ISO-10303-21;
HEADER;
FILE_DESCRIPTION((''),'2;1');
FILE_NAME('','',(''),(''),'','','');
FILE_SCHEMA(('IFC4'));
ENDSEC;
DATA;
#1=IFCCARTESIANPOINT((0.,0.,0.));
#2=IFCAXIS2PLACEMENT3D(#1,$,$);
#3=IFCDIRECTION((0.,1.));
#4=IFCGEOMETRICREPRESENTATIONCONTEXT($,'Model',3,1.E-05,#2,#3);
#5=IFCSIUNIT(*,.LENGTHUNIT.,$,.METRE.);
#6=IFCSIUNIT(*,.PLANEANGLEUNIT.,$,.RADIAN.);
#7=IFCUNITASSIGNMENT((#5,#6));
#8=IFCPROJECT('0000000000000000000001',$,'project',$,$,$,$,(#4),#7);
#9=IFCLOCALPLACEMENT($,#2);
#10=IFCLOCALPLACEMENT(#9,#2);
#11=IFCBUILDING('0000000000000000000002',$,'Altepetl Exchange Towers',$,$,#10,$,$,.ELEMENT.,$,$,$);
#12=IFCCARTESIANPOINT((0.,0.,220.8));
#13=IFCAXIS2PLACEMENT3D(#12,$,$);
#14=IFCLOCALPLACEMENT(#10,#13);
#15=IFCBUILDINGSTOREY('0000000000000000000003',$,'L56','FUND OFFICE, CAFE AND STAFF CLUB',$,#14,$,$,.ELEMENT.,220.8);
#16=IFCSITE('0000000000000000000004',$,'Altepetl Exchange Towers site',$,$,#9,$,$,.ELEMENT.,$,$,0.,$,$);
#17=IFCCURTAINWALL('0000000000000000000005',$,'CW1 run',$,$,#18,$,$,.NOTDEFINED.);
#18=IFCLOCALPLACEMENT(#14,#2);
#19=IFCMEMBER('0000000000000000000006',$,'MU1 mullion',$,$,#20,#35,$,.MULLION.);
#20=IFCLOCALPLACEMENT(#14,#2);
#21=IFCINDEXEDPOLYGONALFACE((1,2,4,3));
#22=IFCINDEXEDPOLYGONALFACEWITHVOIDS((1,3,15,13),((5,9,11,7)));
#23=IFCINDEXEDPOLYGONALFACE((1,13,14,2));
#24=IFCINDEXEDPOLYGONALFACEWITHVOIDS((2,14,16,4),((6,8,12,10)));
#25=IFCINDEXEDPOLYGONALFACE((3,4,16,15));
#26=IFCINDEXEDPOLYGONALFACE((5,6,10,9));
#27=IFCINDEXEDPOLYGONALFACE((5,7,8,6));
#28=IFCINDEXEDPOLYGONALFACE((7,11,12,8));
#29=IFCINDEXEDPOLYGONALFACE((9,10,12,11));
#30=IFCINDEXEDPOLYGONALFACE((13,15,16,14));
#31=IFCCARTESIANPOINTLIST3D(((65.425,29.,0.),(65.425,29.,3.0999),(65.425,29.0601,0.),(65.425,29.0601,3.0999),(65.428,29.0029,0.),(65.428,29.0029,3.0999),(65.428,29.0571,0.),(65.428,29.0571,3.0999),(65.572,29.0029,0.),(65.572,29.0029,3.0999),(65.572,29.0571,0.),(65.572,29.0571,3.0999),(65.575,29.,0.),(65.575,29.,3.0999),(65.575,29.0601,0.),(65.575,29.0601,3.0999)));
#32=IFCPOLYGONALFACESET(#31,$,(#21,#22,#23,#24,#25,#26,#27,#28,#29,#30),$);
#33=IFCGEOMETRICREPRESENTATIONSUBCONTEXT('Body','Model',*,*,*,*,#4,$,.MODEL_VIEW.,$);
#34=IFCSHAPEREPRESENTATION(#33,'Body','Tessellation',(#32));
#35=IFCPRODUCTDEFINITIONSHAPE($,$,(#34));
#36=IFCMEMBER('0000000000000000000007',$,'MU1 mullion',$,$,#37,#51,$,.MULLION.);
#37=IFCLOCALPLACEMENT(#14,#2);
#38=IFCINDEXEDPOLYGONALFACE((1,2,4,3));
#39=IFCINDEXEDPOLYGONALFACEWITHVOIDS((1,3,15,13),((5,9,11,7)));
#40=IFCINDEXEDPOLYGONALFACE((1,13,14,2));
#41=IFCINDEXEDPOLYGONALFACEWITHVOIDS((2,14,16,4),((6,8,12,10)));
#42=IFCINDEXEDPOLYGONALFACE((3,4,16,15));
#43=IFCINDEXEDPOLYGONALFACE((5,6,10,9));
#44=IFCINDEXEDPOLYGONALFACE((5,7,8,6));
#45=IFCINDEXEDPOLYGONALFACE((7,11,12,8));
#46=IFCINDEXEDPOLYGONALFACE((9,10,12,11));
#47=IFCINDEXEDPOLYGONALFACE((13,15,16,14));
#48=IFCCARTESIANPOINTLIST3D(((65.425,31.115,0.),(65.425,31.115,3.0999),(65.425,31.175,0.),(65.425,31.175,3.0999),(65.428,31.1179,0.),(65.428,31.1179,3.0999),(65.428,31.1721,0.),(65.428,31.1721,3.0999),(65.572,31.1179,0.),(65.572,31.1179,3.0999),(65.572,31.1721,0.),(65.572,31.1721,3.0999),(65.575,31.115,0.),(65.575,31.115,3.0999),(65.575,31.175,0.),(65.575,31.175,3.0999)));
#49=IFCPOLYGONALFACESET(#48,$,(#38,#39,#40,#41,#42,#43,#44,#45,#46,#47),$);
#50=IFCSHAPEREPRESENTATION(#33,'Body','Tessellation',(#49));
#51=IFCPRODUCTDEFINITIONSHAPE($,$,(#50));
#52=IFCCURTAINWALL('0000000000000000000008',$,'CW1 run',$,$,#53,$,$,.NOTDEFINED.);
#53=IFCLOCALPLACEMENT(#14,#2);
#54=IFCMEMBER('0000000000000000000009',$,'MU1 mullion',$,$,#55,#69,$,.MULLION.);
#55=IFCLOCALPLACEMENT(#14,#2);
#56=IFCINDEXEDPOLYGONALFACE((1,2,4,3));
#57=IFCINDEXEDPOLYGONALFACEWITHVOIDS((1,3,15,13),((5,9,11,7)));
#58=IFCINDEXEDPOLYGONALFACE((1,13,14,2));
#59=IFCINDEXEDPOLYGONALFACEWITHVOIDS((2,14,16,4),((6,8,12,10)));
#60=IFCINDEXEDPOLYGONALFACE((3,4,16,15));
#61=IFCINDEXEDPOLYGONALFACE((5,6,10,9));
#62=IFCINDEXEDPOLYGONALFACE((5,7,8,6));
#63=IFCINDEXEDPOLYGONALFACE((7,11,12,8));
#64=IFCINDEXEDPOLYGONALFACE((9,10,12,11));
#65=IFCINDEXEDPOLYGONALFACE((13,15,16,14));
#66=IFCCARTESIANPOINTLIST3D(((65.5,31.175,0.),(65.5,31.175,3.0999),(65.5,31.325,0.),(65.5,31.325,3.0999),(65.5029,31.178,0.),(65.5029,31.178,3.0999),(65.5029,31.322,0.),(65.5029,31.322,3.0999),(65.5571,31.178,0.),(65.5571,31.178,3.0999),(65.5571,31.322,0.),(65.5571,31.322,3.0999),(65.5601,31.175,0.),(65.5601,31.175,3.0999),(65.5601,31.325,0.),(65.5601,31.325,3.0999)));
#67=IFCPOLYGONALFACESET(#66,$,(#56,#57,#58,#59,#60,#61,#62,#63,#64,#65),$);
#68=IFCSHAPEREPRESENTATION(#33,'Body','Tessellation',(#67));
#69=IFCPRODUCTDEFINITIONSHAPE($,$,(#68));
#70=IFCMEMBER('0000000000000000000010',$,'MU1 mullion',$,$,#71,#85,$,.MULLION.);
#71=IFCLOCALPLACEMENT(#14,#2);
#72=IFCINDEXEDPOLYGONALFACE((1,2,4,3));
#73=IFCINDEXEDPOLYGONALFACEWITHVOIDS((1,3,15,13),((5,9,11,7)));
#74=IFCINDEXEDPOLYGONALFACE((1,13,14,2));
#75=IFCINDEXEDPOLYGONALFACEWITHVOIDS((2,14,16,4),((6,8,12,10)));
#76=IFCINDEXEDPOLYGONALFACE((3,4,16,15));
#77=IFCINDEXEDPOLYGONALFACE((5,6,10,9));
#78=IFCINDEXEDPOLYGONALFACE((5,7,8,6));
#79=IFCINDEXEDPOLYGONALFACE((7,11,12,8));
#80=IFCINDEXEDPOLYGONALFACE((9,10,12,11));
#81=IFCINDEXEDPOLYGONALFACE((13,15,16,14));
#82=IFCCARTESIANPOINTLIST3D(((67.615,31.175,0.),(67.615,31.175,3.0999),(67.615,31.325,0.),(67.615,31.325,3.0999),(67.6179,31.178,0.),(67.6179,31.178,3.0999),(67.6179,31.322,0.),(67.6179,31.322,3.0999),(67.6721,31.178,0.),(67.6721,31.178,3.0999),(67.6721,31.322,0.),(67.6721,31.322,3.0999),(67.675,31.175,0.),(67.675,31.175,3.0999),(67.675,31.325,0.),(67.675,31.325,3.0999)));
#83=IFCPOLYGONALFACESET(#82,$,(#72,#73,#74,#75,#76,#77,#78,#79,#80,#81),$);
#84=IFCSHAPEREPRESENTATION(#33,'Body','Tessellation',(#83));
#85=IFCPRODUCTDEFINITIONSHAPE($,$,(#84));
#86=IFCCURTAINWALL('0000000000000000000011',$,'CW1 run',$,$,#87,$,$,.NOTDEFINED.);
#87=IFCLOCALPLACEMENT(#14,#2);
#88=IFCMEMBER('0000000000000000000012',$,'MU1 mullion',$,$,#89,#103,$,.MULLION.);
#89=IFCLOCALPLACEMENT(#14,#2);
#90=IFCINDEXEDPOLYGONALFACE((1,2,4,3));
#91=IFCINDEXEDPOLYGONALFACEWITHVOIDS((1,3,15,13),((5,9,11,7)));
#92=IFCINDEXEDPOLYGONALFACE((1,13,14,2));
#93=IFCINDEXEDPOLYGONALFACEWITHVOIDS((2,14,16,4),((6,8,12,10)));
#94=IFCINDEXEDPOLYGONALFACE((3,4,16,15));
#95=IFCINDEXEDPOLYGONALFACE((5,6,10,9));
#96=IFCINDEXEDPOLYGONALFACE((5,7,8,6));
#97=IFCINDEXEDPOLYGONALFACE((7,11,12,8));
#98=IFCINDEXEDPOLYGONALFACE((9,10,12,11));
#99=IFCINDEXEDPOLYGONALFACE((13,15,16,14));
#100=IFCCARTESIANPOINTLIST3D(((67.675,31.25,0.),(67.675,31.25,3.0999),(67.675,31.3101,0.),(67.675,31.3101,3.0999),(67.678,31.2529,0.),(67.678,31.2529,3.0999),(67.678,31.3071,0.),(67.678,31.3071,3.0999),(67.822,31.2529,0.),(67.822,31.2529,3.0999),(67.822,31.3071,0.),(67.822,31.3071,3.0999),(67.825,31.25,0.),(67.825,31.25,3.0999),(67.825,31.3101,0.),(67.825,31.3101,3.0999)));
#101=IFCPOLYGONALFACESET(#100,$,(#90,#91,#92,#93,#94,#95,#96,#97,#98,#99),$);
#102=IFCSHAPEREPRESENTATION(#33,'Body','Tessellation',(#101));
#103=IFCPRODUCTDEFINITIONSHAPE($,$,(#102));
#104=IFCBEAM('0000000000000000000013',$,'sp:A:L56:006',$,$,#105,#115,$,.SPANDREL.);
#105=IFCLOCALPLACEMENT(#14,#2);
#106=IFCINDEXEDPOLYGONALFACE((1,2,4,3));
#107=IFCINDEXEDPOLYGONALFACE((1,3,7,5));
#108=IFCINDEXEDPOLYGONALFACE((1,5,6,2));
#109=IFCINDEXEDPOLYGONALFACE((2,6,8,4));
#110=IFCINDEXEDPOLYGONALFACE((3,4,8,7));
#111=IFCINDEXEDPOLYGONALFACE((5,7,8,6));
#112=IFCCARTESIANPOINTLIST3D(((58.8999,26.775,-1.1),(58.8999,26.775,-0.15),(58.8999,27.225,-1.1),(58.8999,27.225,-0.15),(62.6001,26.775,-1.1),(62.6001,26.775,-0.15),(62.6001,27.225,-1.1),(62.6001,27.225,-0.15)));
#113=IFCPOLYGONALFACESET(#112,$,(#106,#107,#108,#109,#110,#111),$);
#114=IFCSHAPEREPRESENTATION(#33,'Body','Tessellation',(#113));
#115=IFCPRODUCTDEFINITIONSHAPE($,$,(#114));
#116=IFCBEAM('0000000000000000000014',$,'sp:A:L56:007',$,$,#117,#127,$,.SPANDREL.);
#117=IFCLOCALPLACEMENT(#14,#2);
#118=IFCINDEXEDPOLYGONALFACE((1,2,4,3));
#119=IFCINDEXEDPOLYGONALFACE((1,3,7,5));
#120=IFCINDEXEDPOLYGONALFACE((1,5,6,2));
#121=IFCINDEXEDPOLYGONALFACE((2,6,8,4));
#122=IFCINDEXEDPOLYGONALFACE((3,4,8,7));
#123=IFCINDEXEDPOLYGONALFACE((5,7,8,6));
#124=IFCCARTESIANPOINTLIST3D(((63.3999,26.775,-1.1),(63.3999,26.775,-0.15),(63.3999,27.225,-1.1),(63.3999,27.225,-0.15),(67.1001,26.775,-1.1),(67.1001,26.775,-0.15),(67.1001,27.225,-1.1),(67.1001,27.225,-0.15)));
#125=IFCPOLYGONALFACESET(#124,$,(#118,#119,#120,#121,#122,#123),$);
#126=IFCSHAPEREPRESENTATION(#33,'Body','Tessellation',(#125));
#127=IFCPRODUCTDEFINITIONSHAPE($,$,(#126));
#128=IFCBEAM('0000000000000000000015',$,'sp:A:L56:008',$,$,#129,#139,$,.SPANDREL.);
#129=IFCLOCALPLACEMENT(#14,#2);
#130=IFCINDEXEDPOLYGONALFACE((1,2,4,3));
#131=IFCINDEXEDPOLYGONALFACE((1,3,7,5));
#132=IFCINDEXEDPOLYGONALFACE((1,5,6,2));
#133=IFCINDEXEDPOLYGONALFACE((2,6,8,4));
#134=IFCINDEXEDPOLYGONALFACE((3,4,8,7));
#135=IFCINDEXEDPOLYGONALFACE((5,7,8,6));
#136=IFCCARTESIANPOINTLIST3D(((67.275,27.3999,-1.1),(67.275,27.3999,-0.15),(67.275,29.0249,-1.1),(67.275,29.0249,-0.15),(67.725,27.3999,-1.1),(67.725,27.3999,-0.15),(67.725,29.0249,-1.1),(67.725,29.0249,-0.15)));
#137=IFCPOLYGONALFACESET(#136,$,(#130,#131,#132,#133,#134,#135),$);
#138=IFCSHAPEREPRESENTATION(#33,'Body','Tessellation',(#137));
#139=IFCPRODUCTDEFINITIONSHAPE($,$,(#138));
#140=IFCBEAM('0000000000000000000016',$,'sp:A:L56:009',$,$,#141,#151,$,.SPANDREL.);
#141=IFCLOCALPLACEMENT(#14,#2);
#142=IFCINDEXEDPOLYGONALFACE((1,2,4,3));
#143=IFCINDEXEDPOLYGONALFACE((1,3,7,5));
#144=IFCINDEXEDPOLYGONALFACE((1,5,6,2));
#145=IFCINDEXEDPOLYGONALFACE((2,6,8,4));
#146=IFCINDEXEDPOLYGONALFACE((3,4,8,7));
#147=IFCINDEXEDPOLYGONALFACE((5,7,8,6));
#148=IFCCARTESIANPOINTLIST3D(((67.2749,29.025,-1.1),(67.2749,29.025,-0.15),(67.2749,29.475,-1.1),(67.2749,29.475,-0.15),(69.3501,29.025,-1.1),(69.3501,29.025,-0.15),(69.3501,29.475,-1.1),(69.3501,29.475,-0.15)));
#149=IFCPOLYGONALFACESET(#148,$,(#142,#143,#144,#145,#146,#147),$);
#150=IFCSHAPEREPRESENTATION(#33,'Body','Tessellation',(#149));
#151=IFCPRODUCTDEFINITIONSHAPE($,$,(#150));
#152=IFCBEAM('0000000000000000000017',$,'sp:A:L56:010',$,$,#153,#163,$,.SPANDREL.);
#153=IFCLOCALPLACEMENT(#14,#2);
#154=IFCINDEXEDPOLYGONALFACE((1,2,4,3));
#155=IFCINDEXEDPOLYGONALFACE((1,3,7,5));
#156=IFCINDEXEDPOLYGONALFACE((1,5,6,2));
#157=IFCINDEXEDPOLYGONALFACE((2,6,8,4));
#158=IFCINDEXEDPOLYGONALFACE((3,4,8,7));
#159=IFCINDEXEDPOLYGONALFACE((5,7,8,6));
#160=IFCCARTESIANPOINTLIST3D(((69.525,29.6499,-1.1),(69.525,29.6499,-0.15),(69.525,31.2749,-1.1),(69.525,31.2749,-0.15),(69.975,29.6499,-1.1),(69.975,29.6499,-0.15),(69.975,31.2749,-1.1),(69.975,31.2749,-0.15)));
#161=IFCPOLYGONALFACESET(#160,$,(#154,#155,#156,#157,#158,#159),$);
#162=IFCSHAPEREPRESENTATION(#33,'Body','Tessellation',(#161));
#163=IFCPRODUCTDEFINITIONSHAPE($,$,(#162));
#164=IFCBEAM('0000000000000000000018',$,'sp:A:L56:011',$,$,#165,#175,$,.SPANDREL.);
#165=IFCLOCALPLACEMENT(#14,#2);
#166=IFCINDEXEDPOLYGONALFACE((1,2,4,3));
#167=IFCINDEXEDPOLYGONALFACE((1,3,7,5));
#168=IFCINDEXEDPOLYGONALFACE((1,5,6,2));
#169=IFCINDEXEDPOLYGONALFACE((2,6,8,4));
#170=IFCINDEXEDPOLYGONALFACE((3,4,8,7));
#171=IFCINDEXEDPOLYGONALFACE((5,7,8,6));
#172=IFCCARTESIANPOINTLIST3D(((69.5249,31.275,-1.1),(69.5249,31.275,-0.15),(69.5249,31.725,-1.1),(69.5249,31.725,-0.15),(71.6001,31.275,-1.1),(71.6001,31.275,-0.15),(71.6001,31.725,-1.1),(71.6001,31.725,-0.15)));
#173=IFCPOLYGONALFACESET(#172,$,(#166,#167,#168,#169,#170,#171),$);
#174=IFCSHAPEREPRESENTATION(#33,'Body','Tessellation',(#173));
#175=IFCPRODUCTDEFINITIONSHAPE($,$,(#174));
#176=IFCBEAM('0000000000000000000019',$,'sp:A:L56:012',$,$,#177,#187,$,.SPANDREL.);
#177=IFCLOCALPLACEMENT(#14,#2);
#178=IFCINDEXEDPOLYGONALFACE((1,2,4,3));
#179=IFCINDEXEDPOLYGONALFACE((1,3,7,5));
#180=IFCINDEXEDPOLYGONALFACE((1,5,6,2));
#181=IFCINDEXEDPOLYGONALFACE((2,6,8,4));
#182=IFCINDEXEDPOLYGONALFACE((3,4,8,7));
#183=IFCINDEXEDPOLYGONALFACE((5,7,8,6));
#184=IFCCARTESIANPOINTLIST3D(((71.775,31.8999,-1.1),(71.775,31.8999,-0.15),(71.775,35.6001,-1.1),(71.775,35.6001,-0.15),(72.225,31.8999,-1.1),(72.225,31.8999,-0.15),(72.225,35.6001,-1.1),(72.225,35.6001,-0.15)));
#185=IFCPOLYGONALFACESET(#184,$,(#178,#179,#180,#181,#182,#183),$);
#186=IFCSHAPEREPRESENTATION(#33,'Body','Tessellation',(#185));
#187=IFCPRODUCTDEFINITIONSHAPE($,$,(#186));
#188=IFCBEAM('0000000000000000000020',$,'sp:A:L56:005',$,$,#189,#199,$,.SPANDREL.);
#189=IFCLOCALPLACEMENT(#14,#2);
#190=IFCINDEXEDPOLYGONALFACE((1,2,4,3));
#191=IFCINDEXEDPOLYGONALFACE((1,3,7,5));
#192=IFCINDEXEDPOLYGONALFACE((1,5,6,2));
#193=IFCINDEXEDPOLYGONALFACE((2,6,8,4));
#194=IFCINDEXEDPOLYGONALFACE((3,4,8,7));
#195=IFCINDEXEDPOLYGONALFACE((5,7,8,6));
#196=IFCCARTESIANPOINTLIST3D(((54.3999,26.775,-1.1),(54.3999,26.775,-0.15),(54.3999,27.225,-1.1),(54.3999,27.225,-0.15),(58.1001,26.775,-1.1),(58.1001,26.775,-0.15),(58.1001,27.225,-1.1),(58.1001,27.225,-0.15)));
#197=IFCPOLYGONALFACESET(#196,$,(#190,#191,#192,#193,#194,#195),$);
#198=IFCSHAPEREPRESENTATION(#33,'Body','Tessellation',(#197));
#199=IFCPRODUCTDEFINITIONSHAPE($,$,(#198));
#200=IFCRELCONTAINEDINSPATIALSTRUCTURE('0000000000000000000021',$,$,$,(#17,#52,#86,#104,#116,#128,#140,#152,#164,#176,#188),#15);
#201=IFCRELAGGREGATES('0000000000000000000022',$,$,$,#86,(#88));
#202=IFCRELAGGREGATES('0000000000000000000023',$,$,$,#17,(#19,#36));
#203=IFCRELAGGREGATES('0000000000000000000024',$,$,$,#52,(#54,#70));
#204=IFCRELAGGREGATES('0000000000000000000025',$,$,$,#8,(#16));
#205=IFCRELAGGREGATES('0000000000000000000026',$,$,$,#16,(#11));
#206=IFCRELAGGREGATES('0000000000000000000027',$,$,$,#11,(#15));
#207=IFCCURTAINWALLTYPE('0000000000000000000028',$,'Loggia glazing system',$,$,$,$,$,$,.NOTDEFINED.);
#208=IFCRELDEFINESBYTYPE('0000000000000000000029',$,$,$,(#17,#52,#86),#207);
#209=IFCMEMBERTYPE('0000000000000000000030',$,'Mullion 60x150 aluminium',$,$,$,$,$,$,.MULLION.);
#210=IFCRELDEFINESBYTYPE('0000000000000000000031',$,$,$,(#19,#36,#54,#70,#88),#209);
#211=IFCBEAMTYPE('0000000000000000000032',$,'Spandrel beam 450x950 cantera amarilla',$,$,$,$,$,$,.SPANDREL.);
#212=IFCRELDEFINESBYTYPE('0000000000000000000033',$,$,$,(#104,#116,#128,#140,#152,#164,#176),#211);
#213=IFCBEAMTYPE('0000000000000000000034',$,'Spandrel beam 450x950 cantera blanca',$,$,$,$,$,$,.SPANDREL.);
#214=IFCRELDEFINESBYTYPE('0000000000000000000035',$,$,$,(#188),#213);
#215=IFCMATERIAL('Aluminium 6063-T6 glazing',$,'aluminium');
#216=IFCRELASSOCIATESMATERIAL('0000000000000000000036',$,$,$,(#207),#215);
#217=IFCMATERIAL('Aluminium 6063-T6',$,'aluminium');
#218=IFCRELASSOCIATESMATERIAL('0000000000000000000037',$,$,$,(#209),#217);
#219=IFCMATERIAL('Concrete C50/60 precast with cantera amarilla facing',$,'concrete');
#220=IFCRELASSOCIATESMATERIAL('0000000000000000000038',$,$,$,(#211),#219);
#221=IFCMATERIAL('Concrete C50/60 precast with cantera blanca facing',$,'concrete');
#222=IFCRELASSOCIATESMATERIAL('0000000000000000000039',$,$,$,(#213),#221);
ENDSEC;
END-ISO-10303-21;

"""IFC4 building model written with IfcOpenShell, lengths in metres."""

from ifc_helpers import new_model, si_unit, direction, frame, origin, origin_2d, place, context, subcontext, project, spatial, rectangle, hollow_rectangle, extrude, material, material_profile, profile_set, type_object, element, aggregate, save


model = new_model("IFC4")

# Units and contexts
model_context = context("Model", 3, precision=1e-05, world=origin(), true_north=direction((0.0, 1.0)))
body_context = subcontext(model_context, "Body", "Model", "MODEL_VIEW")
ifc_project = project(units=[si_unit("LENGTHUNIT", "METRE"), si_unit("PLANEANGLEUNIT", "RADIAN")], contexts=[model_context])

# Site, building, storey
site_placement = place(None, origin())
site = spatial("IfcSite", under=ifc_project, at=site_placement, Name="Altepetl Exchange Towers site", CompositionType="ELEMENT", RefElevation=0.0)
building_placement = place(site_placement, origin())
building = spatial("IfcBuilding", under=site, at=building_placement, Name="Altepetl Exchange Towers", CompositionType="ELEMENT")
storey_placement = place(building_placement, frame((0.0, 0.0, 220.8)))
storey = spatial("IfcBuildingStorey", under=building, at=storey_placement, Name="L56", Description="FUND OFFICE, CAFE AND STAFF CLUB", CompositionType="ELEMENT", Elevation=220.8)

# Curtain walls, members
ifc_material_1 = material(Name="Aluminium 6063-T6 glazing", Category="aluminium")
curtain_wall_type = type_object("IfcCurtainWallType", Name="Loggia glazing system", PredefinedType="NOTDEFINED", material=ifc_material_1)
ifc_material_2 = material(Name="Aluminium 6063-T6", Category="aluminium")
ifc_material_profile_1 = material_profile(ifc_material_2, hollow_rectangle(XDim=0.0601, YDim=0.1499, WallThickness=0.0029, at=origin_2d()), Name="Mullion 60x150 aluminium")
ifc_profile_set_1 = profile_set([ifc_material_profile_1], Name="Aluminium 6063-T6")
member_type = type_object("IfcMemberType", Name="Mullion 60x150 aluminium", PredefinedType="MULLION", material=ifc_profile_set_1)
curtain_wall_1_placement = place(storey_placement, origin())
curtain_wall_1 = element("IfcCurtainWall", 1, at=curtain_wall_1_placement, inside=storey, type_object=curtain_wall_type, Name="CW1 run", PredefinedType="NOTDEFINED")
member_1_placement = place(storey_placement, frame((65.5, 29.03, 0.0), z_axis=(0.0, 0.0, 1.0), x_axis=(0.0, 1.0, 0.0)))
member_1 = element("IfcMember", 2, at=member_1_placement, type_object=member_type, Name="MU1 mullion", PredefinedType="MULLION", context=body_context, shape_type="SweptSolid", body=[
    extrude(hollow_rectangle(XDim=0.0601, YDim=0.1499, WallThickness=0.0029, at=origin_2d()), origin(), (0.0, 0.0, 1.0), 3.0999),
])
member_2_placement = place(storey_placement, frame((65.5, 31.145, 0.0), z_axis=(0.0, 0.0, 1.0), x_axis=(0.0, 1.0, 0.0)))
member_2 = element("IfcMember", 3, at=member_2_placement, type_object=member_type, Name="MU1 mullion", PredefinedType="MULLION", context=body_context, shape_type="SweptSolid", body=[
    extrude(hollow_rectangle(XDim=0.0601, YDim=0.1499, WallThickness=0.0029, at=origin_2d()), origin(), (0.0, 0.0, 1.0), 3.0999),
])
curtain_wall_2_placement = place(storey_placement, origin())
curtain_wall_2 = element("IfcCurtainWall", 4, at=curtain_wall_2_placement, inside=storey, type_object=curtain_wall_type, Name="CW1 run", PredefinedType="NOTDEFINED")
member_3_placement = place(storey_placement, frame((65.53, 31.25, 0.0)))
member_3 = element("IfcMember", 5, at=member_3_placement, type_object=member_type, Name="MU1 mullion", PredefinedType="MULLION", context=body_context, shape_type="SweptSolid", body=[
    extrude(hollow_rectangle(XDim=0.0601, YDim=0.1499, WallThickness=0.0029, at=origin_2d()), origin(), (0.0, 0.0, 1.0), 3.0999),
])
member_4_placement = place(storey_placement, frame((67.645, 31.25, 0.0)))
member_4 = element("IfcMember", 6, at=member_4_placement, type_object=member_type, Name="MU1 mullion", PredefinedType="MULLION", context=body_context, shape_type="SweptSolid", body=[
    extrude(hollow_rectangle(XDim=0.0601, YDim=0.1499, WallThickness=0.0029, at=origin_2d()), origin(), (0.0, 0.0, 1.0), 3.0999),
])

# Curtain wall, member
curtain_wall_3_placement = place(storey_placement, origin())
curtain_wall_3 = element("IfcCurtainWall", 7, at=curtain_wall_3_placement, inside=storey, type_object=curtain_wall_type, Name="CW1 run", PredefinedType="NOTDEFINED")
member_5_placement = place(storey_placement, frame((67.75, 31.28, 0.0), z_axis=(0.0, 0.0, 1.0), x_axis=(0.0, 1.0, 0.0)))
member_5 = element("IfcMember", 8, at=member_5_placement, type_object=member_type, Name="MU1 mullion", PredefinedType="MULLION", context=body_context, shape_type="SweptSolid", body=[
    extrude(hollow_rectangle(XDim=0.0601, YDim=0.1499, WallThickness=0.0029, at=origin_2d()), origin(), (0.0, 0.0, 1.0), 3.0999),
])
aggregate(curtain_wall_3, [member_5])

# Beams
ifc_material_3 = material(Name="Concrete C50/60 precast with cantera amarilla facing", Category="concrete")
ifc_material_profile_2 = material_profile(ifc_material_3, rectangle(XDim=0.45, YDim=0.95, at=origin_2d()), Name="450 x 950")
ifc_profile_set_2 = profile_set([ifc_material_profile_2], Name="Concrete C50/60 precast with cantera amarilla facing")
beam_type_1 = type_object("IfcBeamType", Name="Spandrel beam 450x950 cantera amarilla", PredefinedType="SPANDREL", material=ifc_profile_set_2)
for number, where, z_axis, x_axis, name in (
    (9, (58.8999, 27.0, -0.625), (1.0, 0.0, 0.0), (0.0, 1.0, 0.0), "sp:A:L56:006"),
    (10, (63.3999, 27.0, -0.625), (1.0, 0.0, 0.0), (0.0, 1.0, 0.0), "sp:A:L56:007"),
):
    element("IfcBeam", number, at=place(storey_placement, frame(where, z_axis=z_axis, x_axis=x_axis)), inside=storey, type_object=beam_type_1, Name=name, PredefinedType="SPANDREL", context=body_context, shape_type="SweptSolid", body=[
        extrude(rectangle(XDim=0.45, YDim=0.95, at=origin_2d()), origin(), (0.0, 0.0, 1.0), 3.7002),
    ])
beam_1_placement = place(storey_placement, frame((67.5, 27.3999, -0.625), z_axis=(0.0, 1.0, 0.0), x_axis=(-1.0, 0.0, 0.0)))
element("IfcBeam", 11, at=beam_1_placement, inside=storey, type_object=beam_type_1, Name="sp:A:L56:008", PredefinedType="SPANDREL", context=body_context, shape_type="SweptSolid", body=[
    extrude(rectangle(XDim=0.45, YDim=0.95, at=origin_2d()), origin(), (0.0, 0.0, 1.0), 1.625),
])
beam_2_placement = place(storey_placement, frame((67.2749, 29.25, -0.625), z_axis=(1.0, 0.0, 0.0), x_axis=(0.0, 1.0, 0.0)))
element("IfcBeam", 12, at=beam_2_placement, inside=storey, type_object=beam_type_1, Name="sp:A:L56:009", PredefinedType="SPANDREL", context=body_context, shape_type="SweptSolid", body=[
    extrude(rectangle(XDim=0.45, YDim=0.95, at=origin_2d()), origin(), (0.0, 0.0, 1.0), 2.0752),
])
beam_3_placement = place(storey_placement, frame((69.75, 29.6499, -0.625), z_axis=(0.0, 1.0, 0.0), x_axis=(-1.0, 0.0, 0.0)))
element("IfcBeam", 13, at=beam_3_placement, inside=storey, type_object=beam_type_1, Name="sp:A:L56:010", PredefinedType="SPANDREL", context=body_context, shape_type="SweptSolid", body=[
    extrude(rectangle(XDim=0.45, YDim=0.95, at=origin_2d()), origin(), (0.0, 0.0, 1.0), 1.625),
])
beam_4_placement = place(storey_placement, frame((69.5249, 31.5, -0.625), z_axis=(1.0, 0.0, 0.0), x_axis=(0.0, 1.0, 0.0)))
element("IfcBeam", 14, at=beam_4_placement, inside=storey, type_object=beam_type_1, Name="sp:A:L56:011", PredefinedType="SPANDREL", context=body_context, shape_type="SweptSolid", body=[
    extrude(rectangle(XDim=0.45, YDim=0.95, at=origin_2d()), origin(), (0.0, 0.0, 1.0), 2.0752),
])
beam_5_placement = place(storey_placement, frame((72.0, 31.8999, -0.625), z_axis=(0.0, 1.0, 0.0), x_axis=(-1.0, 0.0, 0.0)))
element("IfcBeam", 15, at=beam_5_placement, inside=storey, type_object=beam_type_1, Name="sp:A:L56:012", PredefinedType="SPANDREL", context=body_context, shape_type="SweptSolid", body=[
    extrude(rectangle(XDim=0.45, YDim=0.95, at=origin_2d()), origin(), (0.0, 0.0, 1.0), 3.7002),
])
ifc_material_4 = material(Name="Concrete C50/60 precast with cantera blanca facing", Category="concrete")
ifc_material_profile_3 = material_profile(ifc_material_4, rectangle(XDim=0.45, YDim=0.95, at=origin_2d()), Name="450 x 950")
ifc_profile_set_3 = profile_set([ifc_material_profile_3], Name="Concrete C50/60 precast with cantera blanca facing")
beam_type_2 = type_object("IfcBeamType", Name="Spandrel beam 450x950 cantera blanca", PredefinedType="SPANDREL", material=ifc_profile_set_3)
beam_6_placement = place(storey_placement, frame((54.3999, 27.0, -0.625), z_axis=(1.0, 0.0, 0.0), x_axis=(0.0, 1.0, 0.0)))
element("IfcBeam", 16, at=beam_6_placement, inside=storey, type_object=beam_type_2, Name="sp:A:L56:005", PredefinedType="SPANDREL", context=body_context, shape_type="SweptSolid", body=[
    extrude(rectangle(XDim=0.45, YDim=0.95, at=origin_2d()), origin(), (0.0, 0.0, 1.0), 3.7002),
])

aggregate(curtain_wall_1, [member_1, member_2])
aggregate(curtain_wall_2, [member_3, member_4])

save(model, "model.ifc")
